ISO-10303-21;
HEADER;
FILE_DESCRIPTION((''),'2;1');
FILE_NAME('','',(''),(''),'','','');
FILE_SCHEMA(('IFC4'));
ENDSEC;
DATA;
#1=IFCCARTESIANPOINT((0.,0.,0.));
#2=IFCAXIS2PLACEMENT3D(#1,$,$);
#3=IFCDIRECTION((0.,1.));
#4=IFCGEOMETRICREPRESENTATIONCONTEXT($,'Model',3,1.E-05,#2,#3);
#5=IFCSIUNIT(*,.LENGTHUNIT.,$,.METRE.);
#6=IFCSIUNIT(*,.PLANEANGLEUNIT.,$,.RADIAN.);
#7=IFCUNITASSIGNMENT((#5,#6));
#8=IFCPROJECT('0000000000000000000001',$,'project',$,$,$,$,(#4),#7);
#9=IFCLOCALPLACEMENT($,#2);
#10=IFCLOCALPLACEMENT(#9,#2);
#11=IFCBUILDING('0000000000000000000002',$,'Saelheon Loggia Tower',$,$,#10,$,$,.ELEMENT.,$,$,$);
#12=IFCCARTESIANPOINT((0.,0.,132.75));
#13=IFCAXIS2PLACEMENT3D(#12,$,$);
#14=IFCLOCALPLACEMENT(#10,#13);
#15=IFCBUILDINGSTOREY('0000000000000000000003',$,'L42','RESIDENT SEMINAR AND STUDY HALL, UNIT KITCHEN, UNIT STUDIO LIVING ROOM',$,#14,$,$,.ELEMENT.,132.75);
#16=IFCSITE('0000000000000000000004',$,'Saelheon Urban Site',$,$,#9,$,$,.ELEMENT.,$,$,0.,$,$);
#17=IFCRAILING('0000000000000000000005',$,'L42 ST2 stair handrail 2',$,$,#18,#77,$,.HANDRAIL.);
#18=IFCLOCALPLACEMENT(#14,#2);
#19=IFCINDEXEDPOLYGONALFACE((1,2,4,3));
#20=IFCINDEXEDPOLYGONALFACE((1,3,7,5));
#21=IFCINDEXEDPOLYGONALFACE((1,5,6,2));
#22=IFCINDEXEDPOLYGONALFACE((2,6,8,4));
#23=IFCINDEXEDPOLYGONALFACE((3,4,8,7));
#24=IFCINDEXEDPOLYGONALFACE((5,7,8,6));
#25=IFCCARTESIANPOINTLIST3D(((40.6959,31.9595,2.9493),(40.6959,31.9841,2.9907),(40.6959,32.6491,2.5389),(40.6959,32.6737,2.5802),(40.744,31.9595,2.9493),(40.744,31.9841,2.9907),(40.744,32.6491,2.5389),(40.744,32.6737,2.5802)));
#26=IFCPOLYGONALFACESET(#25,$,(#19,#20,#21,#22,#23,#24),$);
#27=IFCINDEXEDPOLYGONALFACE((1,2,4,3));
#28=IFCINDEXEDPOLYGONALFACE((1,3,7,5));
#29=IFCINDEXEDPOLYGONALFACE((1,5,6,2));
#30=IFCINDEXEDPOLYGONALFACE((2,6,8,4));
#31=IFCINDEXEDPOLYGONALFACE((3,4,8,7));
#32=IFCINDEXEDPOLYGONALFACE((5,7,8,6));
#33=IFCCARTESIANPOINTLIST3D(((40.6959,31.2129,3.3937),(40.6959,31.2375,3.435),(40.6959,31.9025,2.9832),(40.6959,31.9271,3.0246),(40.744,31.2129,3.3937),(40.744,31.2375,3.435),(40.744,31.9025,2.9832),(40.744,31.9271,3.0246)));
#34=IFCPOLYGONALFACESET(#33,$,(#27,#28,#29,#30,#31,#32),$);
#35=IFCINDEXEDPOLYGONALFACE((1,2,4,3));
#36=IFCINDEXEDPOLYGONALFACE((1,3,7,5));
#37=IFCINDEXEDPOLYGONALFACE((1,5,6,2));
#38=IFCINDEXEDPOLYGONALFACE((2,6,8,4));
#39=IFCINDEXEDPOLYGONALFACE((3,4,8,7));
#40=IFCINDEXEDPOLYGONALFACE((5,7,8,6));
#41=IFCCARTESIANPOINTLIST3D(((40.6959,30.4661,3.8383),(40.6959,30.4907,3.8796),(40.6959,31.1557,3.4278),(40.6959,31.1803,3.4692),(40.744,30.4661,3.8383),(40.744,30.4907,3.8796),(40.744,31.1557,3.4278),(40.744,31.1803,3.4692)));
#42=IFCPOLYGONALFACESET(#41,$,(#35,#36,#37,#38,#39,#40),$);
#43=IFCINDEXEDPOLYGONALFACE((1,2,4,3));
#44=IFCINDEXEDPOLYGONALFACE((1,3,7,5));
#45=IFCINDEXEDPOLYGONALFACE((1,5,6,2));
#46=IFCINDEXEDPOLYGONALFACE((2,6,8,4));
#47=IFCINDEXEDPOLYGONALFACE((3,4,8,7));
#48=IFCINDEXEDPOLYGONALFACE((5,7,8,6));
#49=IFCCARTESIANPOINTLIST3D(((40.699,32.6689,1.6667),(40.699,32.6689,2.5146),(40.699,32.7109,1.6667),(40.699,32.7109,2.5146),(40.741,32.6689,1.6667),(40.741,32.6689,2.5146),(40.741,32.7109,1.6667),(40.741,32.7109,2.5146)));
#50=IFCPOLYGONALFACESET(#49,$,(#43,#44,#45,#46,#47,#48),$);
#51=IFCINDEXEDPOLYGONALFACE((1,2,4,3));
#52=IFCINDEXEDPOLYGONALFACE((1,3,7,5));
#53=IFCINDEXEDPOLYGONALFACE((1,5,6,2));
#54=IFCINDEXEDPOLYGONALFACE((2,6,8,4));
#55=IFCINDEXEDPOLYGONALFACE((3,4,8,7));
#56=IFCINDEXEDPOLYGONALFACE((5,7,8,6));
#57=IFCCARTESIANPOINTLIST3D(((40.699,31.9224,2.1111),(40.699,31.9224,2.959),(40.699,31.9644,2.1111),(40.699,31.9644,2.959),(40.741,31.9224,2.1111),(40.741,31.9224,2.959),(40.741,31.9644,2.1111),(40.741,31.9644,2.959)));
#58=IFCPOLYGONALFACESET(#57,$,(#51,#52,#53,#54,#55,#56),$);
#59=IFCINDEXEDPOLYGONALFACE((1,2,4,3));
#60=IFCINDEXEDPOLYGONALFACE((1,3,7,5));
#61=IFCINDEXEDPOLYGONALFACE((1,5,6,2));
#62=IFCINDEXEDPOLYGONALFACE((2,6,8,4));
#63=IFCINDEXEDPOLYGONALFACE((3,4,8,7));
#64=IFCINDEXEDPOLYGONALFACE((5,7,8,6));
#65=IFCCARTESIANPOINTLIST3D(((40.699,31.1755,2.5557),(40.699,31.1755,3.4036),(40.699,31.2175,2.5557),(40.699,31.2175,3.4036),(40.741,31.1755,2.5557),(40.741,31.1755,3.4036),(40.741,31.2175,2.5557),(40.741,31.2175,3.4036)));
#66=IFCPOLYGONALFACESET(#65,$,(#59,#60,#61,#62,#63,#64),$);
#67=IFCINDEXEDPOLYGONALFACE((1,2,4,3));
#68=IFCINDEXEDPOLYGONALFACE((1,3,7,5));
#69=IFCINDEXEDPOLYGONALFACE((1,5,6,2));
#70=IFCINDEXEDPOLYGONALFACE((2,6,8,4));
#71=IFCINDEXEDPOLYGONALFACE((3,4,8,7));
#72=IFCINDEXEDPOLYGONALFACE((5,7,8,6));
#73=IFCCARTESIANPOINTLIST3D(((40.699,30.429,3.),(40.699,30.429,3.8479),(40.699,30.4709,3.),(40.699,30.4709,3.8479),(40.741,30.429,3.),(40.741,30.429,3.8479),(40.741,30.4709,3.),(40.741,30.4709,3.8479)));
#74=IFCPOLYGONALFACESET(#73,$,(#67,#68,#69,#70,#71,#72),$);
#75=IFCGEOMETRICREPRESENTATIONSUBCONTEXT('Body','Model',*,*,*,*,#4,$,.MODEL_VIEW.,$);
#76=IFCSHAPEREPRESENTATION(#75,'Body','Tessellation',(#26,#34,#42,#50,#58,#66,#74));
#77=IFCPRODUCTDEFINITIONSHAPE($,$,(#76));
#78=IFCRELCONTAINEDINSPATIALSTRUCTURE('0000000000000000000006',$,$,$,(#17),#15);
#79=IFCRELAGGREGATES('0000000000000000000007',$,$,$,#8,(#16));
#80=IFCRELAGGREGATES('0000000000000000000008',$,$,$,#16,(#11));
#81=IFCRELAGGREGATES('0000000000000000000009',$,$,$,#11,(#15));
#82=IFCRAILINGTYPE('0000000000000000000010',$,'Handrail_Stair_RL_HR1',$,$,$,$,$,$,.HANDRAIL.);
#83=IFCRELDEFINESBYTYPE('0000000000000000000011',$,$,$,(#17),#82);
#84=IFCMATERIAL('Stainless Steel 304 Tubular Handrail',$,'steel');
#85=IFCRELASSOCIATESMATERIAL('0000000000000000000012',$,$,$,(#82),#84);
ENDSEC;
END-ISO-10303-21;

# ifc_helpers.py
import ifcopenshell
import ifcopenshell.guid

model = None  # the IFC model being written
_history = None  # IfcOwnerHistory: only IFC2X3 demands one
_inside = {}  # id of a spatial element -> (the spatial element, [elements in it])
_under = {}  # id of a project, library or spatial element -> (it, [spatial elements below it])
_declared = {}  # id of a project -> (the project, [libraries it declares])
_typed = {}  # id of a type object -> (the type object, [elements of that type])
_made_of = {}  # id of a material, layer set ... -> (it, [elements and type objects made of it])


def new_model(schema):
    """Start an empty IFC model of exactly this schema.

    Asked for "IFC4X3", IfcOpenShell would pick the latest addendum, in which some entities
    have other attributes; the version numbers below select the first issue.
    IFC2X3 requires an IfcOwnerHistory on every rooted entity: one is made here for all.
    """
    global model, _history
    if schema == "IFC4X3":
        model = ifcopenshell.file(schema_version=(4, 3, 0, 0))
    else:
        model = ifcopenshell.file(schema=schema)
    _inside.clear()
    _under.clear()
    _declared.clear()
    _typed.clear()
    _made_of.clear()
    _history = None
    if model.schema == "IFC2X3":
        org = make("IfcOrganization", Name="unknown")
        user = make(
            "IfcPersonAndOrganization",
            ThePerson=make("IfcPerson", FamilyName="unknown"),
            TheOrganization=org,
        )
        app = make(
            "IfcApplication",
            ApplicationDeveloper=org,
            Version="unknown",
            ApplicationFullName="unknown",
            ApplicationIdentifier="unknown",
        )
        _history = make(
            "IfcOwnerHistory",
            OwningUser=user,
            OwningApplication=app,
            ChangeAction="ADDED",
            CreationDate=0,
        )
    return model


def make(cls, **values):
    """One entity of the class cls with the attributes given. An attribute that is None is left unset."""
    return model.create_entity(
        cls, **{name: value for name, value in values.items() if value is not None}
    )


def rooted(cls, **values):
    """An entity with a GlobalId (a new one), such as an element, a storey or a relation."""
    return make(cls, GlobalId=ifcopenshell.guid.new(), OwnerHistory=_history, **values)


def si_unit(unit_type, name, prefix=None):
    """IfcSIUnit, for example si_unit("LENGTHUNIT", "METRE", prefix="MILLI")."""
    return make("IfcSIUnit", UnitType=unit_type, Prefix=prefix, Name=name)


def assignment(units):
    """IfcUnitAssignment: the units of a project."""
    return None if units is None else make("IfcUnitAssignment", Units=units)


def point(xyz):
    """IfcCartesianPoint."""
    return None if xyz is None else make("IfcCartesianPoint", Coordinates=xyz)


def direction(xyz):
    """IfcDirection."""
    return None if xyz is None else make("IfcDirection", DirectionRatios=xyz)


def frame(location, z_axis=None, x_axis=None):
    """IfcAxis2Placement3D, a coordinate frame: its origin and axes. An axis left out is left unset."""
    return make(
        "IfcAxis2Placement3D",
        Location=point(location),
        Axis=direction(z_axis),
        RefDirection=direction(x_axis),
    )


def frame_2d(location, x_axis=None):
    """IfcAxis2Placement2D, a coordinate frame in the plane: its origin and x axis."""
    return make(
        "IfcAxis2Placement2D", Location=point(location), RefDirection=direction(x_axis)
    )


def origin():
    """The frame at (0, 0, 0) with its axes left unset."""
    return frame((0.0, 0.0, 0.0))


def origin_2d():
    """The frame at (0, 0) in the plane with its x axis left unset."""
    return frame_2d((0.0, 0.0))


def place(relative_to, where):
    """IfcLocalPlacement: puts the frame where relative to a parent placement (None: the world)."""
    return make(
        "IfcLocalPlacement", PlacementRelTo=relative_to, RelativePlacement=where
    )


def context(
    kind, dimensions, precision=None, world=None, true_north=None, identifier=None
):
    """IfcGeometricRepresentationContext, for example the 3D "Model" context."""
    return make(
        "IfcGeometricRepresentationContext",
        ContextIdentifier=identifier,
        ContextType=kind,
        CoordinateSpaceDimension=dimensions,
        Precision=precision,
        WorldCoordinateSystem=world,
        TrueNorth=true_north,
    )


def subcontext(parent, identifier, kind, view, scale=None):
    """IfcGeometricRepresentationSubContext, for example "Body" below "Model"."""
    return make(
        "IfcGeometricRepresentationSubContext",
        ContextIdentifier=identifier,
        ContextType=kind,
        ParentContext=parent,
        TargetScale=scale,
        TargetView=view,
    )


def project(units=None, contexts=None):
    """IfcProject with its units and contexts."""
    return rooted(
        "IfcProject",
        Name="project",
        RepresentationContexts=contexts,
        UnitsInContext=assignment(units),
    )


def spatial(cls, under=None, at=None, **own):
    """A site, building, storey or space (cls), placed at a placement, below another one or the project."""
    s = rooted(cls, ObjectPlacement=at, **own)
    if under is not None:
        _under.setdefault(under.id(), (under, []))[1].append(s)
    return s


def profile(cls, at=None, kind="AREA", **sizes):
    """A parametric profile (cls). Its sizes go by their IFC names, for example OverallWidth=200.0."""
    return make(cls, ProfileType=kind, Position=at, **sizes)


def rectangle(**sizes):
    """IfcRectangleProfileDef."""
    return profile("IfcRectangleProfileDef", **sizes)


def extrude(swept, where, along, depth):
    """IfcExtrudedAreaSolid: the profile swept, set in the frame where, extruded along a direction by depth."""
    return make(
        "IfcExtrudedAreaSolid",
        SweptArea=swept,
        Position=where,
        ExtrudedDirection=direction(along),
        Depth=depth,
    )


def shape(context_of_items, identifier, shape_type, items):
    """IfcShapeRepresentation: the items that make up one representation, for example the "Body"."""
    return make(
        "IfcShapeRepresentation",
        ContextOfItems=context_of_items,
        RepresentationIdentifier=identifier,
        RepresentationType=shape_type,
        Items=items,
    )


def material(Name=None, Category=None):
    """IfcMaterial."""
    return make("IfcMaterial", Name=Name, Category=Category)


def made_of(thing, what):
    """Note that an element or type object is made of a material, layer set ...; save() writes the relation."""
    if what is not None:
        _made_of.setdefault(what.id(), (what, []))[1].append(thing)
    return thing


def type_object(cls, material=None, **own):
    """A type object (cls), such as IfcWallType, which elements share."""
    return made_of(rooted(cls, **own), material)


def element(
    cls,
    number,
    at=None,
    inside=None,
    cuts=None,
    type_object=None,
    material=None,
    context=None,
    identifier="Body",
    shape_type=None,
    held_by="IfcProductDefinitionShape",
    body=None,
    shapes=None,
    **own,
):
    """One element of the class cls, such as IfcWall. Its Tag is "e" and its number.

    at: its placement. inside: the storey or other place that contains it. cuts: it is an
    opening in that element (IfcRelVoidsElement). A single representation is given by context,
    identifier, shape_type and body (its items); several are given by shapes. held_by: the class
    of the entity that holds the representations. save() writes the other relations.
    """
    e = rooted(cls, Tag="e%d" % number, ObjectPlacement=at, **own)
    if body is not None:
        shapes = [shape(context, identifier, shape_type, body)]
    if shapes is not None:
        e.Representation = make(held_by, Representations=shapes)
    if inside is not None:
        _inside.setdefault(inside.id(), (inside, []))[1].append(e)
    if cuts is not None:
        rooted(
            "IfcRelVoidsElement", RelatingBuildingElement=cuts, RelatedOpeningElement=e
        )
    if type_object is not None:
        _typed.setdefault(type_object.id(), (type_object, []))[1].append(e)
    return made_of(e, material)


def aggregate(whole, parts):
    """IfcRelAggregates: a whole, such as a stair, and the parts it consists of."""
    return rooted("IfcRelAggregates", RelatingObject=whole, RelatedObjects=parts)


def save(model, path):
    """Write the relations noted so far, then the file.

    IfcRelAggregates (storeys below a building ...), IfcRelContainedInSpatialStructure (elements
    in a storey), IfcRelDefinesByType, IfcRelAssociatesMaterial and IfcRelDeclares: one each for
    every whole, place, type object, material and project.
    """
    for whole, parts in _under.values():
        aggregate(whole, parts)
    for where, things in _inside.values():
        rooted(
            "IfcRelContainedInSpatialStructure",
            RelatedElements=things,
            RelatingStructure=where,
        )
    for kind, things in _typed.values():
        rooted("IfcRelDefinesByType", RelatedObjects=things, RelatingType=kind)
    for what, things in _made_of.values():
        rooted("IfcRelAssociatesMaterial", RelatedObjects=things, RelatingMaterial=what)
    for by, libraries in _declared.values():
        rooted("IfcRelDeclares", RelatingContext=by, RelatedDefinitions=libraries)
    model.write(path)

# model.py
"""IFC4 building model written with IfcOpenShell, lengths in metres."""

from ifc_helpers import new_model, si_unit, direction, frame, origin, origin_2d, place, context, subcontext, project, spatial, rectangle, extrude, material, type_object, element, save


model = new_model("IFC4")

# Units and contexts
model_context = context("Model", 3, precision=1e-05, world=origin(), true_north=direction((0.0, 1.0)))
body_context = subcontext(model_context, "Body", "Model", "MODEL_VIEW")
ifc_project = project(units=[si_unit("LENGTHUNIT", "METRE"), si_unit("PLANEANGLEUNIT", "RADIAN")], contexts=[model_context])

# Site, building, storey
site_placement = place(None, origin())
site = spatial("IfcSite", under=ifc_project, at=site_placement, Name="Saelheon Urban Site", CompositionType="ELEMENT", RefElevation=0.0)
building_placement = place(site_placement, origin())
building = spatial("IfcBuilding", under=site, at=building_placement, Name="Saelheon Loggia Tower", CompositionType="ELEMENT")
storey_placement = place(building_placement, frame((0.0, 0.0, 132.75)))
storey = spatial("IfcBuildingStorey", under=building, at=storey_placement, Name="L42", Description="RESIDENT SEMINAR AND STUDY HALL, UNIT KITCHEN, UNIT STUDIO LIVING ROOM", CompositionType="ELEMENT", Elevation=132.75)

# Railing
ifc_material_1 = material(Name="Stainless Steel 304 Tubular Handrail", Category="steel")
railing_type_1 = type_object("IfcRailingType", Name="Handrail_Stair_RL_HR1", PredefinedType="HANDRAIL", material=ifc_material_1)
railing_1_placement = place(storey_placement, frame((40.72, 32.6899, 1.6667)))
element("IfcRailing", 1, at=railing_1_placement, inside=storey, type_object=railing_type_1, Name="L42 ST2 stair handrail 2", PredefinedType="HANDRAIL", context=body_context, shape_type="SweptSolid", body=[
    extrude(rectangle(XDim=0.0481, YDim=0.0481, at=origin_2d()), frame((0.0, -0.0286, 0.8928), z_axis=(0.0, -0.859306, 0.511462), x_axis=(1.0, 0.0, 0.0)), (0.0, 0.0, 1.0), 0.8025),
    extrude(rectangle(XDim=0.0481, YDim=0.0481, at=origin_2d()), frame((0.0, -0.7751, 1.3372), z_axis=(0.0, -0.859306, 0.511462), x_axis=(1.0, 0.0, 0.0)), (0.0, 0.0, 1.0), 0.8025),
    extrude(rectangle(XDim=0.0481, YDim=0.0481, at=origin_2d()), frame((0.0, -1.522, 1.7817), z_axis=(0.0, -0.859306, 0.511462), x_axis=(1.0, 0.0, 0.0)), (0.0, 0.0, 1.0), 0.8025),
    extrude(rectangle(XDim=0.042, YDim=0.042, at=origin_2d()), origin(), (0.0, 0.0, 1.0), 0.8479),
    extrude(rectangle(XDim=0.042, YDim=0.042, at=origin_2d()), frame((0.0, -0.7466, 0.4443)), (0.0, 0.0, 1.0), 0.8479),
    extrude(rectangle(XDim=0.042, YDim=0.042, at=origin_2d()), frame((0.0, -1.4934, 0.8889)), (0.0, 0.0, 1.0), 0.8479),
    extrude(rectangle(XDim=0.042, YDim=0.042, at=origin_2d()), frame((0.0, -2.24, 1.3333)), (0.0, 0.0, 1.0), 0.8479),
])

save(model, "model.ifc")
